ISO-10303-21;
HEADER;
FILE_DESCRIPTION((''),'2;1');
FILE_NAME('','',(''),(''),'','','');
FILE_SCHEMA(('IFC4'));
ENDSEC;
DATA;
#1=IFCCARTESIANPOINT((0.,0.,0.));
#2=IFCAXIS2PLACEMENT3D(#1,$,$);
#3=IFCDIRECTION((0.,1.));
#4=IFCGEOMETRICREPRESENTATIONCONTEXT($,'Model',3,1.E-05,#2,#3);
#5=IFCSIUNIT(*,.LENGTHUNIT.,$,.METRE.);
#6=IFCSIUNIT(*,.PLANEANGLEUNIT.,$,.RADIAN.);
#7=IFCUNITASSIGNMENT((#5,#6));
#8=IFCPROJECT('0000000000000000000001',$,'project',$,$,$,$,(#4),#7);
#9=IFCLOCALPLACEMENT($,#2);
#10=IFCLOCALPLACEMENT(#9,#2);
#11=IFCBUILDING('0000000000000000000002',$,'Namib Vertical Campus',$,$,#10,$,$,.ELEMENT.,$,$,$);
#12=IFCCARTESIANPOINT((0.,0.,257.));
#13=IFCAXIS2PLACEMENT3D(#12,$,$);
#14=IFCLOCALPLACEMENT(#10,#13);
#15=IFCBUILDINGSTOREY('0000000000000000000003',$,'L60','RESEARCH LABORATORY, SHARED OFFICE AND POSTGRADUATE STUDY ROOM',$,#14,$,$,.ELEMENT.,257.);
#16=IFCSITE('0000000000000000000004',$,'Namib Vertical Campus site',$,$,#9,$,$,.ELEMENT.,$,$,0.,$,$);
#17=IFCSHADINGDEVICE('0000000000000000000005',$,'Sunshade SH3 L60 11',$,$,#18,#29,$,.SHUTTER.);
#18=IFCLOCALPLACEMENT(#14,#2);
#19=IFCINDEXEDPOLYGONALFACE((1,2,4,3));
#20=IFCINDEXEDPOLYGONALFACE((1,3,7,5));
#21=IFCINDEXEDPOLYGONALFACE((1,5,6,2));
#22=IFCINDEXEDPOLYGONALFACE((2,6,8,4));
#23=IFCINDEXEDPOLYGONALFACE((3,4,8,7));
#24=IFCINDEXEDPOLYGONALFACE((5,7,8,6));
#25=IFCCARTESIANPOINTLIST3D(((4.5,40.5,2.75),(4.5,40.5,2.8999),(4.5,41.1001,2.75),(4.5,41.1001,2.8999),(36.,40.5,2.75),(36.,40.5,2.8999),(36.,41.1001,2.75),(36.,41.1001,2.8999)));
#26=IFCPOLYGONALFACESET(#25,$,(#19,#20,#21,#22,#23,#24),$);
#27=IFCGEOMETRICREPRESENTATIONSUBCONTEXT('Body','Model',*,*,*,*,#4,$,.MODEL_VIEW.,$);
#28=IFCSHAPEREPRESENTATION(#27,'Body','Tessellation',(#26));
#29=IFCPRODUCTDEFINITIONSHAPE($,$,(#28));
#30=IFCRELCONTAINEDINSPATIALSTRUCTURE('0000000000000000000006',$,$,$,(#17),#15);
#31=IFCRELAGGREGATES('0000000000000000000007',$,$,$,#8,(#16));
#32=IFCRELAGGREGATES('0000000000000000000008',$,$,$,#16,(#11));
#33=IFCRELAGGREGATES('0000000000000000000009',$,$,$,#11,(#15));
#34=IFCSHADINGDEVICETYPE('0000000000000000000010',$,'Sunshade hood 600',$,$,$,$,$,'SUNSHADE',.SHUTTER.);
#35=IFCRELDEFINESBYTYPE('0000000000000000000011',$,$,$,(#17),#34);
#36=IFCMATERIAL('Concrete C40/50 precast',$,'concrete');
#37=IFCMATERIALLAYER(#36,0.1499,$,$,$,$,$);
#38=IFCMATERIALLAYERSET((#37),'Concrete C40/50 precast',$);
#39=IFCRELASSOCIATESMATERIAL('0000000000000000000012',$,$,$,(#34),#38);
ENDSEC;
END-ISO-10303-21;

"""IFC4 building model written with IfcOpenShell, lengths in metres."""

from ifc_helpers import new_model, si_unit, direction, frame, origin, origin_2d, place, context, subcontext, project, spatial, rectangle, extrude, material, layer, layer_set, type_object, element, save


model = new_model("IFC4")

# Units and contexts
model_context = context("Model", 3, precision=1e-05, world=origin(), true_north=direction((0.0, 1.0)))
body_context = subcontext(model_context, "Body", "Model", "MODEL_VIEW")
ifc_project = project(units=[si_unit("LENGTHUNIT", "METRE"), si_unit("PLANEANGLEUNIT", "RADIAN")], contexts=[model_context])

# Site, building, storey
site_placement = place(None, origin())
site = spatial("IfcSite", under=ifc_project, at=site_placement, Name="Namib Vertical Campus site", CompositionType="ELEMENT", RefElevation=0.0)
building_placement = place(site_placement, origin())
building = spatial("IfcBuilding", under=site, at=building_placement, Name="Namib Vertical Campus", CompositionType="ELEMENT")
storey_placement = place(building_placement, frame((0.0, 0.0, 257.0)))
storey = spatial("IfcBuildingStorey", under=building, at=storey_placement, Name="L60", Description="RESEARCH LABORATORY, SHARED OFFICE AND POSTGRADUATE STUDY ROOM", CompositionType="ELEMENT", Elevation=257.0)

# Shading device
ifc_material_1 = material(Name="Concrete C40/50 precast", Category="concrete")
ifc_layer_1 = layer(ifc_material_1, 0.1499)
ifc_layer_set_1 = layer_set([ifc_layer_1], Name="Concrete C40/50 precast")
shading_device_type = type_object("IfcShadingDeviceType", Name="Sunshade hood 600", ElementType="SUNSHADE", PredefinedType="SHUTTER", material=ifc_layer_set_1)
shading_device_placement = place(storey_placement, frame((20.25, 40.8, 2.75), z_axis=(0.0, 0.0, 1.0), x_axis=(-1.0, 0.0, 0.0)))
element("IfcShadingDevice", 1, at=shading_device_placement, inside=storey, type_object=shading_device_type, Name="Sunshade SH3 L60 11", PredefinedType="SHUTTER", context=body_context, shape_type="SweptSolid", body=[
    extrude(rectangle(XDim=31.5, YDim=0.6001, at=origin_2d()), origin(), (0.0, 0.0, 1.0), 0.1499),
])

save(model, "model.ifc")
